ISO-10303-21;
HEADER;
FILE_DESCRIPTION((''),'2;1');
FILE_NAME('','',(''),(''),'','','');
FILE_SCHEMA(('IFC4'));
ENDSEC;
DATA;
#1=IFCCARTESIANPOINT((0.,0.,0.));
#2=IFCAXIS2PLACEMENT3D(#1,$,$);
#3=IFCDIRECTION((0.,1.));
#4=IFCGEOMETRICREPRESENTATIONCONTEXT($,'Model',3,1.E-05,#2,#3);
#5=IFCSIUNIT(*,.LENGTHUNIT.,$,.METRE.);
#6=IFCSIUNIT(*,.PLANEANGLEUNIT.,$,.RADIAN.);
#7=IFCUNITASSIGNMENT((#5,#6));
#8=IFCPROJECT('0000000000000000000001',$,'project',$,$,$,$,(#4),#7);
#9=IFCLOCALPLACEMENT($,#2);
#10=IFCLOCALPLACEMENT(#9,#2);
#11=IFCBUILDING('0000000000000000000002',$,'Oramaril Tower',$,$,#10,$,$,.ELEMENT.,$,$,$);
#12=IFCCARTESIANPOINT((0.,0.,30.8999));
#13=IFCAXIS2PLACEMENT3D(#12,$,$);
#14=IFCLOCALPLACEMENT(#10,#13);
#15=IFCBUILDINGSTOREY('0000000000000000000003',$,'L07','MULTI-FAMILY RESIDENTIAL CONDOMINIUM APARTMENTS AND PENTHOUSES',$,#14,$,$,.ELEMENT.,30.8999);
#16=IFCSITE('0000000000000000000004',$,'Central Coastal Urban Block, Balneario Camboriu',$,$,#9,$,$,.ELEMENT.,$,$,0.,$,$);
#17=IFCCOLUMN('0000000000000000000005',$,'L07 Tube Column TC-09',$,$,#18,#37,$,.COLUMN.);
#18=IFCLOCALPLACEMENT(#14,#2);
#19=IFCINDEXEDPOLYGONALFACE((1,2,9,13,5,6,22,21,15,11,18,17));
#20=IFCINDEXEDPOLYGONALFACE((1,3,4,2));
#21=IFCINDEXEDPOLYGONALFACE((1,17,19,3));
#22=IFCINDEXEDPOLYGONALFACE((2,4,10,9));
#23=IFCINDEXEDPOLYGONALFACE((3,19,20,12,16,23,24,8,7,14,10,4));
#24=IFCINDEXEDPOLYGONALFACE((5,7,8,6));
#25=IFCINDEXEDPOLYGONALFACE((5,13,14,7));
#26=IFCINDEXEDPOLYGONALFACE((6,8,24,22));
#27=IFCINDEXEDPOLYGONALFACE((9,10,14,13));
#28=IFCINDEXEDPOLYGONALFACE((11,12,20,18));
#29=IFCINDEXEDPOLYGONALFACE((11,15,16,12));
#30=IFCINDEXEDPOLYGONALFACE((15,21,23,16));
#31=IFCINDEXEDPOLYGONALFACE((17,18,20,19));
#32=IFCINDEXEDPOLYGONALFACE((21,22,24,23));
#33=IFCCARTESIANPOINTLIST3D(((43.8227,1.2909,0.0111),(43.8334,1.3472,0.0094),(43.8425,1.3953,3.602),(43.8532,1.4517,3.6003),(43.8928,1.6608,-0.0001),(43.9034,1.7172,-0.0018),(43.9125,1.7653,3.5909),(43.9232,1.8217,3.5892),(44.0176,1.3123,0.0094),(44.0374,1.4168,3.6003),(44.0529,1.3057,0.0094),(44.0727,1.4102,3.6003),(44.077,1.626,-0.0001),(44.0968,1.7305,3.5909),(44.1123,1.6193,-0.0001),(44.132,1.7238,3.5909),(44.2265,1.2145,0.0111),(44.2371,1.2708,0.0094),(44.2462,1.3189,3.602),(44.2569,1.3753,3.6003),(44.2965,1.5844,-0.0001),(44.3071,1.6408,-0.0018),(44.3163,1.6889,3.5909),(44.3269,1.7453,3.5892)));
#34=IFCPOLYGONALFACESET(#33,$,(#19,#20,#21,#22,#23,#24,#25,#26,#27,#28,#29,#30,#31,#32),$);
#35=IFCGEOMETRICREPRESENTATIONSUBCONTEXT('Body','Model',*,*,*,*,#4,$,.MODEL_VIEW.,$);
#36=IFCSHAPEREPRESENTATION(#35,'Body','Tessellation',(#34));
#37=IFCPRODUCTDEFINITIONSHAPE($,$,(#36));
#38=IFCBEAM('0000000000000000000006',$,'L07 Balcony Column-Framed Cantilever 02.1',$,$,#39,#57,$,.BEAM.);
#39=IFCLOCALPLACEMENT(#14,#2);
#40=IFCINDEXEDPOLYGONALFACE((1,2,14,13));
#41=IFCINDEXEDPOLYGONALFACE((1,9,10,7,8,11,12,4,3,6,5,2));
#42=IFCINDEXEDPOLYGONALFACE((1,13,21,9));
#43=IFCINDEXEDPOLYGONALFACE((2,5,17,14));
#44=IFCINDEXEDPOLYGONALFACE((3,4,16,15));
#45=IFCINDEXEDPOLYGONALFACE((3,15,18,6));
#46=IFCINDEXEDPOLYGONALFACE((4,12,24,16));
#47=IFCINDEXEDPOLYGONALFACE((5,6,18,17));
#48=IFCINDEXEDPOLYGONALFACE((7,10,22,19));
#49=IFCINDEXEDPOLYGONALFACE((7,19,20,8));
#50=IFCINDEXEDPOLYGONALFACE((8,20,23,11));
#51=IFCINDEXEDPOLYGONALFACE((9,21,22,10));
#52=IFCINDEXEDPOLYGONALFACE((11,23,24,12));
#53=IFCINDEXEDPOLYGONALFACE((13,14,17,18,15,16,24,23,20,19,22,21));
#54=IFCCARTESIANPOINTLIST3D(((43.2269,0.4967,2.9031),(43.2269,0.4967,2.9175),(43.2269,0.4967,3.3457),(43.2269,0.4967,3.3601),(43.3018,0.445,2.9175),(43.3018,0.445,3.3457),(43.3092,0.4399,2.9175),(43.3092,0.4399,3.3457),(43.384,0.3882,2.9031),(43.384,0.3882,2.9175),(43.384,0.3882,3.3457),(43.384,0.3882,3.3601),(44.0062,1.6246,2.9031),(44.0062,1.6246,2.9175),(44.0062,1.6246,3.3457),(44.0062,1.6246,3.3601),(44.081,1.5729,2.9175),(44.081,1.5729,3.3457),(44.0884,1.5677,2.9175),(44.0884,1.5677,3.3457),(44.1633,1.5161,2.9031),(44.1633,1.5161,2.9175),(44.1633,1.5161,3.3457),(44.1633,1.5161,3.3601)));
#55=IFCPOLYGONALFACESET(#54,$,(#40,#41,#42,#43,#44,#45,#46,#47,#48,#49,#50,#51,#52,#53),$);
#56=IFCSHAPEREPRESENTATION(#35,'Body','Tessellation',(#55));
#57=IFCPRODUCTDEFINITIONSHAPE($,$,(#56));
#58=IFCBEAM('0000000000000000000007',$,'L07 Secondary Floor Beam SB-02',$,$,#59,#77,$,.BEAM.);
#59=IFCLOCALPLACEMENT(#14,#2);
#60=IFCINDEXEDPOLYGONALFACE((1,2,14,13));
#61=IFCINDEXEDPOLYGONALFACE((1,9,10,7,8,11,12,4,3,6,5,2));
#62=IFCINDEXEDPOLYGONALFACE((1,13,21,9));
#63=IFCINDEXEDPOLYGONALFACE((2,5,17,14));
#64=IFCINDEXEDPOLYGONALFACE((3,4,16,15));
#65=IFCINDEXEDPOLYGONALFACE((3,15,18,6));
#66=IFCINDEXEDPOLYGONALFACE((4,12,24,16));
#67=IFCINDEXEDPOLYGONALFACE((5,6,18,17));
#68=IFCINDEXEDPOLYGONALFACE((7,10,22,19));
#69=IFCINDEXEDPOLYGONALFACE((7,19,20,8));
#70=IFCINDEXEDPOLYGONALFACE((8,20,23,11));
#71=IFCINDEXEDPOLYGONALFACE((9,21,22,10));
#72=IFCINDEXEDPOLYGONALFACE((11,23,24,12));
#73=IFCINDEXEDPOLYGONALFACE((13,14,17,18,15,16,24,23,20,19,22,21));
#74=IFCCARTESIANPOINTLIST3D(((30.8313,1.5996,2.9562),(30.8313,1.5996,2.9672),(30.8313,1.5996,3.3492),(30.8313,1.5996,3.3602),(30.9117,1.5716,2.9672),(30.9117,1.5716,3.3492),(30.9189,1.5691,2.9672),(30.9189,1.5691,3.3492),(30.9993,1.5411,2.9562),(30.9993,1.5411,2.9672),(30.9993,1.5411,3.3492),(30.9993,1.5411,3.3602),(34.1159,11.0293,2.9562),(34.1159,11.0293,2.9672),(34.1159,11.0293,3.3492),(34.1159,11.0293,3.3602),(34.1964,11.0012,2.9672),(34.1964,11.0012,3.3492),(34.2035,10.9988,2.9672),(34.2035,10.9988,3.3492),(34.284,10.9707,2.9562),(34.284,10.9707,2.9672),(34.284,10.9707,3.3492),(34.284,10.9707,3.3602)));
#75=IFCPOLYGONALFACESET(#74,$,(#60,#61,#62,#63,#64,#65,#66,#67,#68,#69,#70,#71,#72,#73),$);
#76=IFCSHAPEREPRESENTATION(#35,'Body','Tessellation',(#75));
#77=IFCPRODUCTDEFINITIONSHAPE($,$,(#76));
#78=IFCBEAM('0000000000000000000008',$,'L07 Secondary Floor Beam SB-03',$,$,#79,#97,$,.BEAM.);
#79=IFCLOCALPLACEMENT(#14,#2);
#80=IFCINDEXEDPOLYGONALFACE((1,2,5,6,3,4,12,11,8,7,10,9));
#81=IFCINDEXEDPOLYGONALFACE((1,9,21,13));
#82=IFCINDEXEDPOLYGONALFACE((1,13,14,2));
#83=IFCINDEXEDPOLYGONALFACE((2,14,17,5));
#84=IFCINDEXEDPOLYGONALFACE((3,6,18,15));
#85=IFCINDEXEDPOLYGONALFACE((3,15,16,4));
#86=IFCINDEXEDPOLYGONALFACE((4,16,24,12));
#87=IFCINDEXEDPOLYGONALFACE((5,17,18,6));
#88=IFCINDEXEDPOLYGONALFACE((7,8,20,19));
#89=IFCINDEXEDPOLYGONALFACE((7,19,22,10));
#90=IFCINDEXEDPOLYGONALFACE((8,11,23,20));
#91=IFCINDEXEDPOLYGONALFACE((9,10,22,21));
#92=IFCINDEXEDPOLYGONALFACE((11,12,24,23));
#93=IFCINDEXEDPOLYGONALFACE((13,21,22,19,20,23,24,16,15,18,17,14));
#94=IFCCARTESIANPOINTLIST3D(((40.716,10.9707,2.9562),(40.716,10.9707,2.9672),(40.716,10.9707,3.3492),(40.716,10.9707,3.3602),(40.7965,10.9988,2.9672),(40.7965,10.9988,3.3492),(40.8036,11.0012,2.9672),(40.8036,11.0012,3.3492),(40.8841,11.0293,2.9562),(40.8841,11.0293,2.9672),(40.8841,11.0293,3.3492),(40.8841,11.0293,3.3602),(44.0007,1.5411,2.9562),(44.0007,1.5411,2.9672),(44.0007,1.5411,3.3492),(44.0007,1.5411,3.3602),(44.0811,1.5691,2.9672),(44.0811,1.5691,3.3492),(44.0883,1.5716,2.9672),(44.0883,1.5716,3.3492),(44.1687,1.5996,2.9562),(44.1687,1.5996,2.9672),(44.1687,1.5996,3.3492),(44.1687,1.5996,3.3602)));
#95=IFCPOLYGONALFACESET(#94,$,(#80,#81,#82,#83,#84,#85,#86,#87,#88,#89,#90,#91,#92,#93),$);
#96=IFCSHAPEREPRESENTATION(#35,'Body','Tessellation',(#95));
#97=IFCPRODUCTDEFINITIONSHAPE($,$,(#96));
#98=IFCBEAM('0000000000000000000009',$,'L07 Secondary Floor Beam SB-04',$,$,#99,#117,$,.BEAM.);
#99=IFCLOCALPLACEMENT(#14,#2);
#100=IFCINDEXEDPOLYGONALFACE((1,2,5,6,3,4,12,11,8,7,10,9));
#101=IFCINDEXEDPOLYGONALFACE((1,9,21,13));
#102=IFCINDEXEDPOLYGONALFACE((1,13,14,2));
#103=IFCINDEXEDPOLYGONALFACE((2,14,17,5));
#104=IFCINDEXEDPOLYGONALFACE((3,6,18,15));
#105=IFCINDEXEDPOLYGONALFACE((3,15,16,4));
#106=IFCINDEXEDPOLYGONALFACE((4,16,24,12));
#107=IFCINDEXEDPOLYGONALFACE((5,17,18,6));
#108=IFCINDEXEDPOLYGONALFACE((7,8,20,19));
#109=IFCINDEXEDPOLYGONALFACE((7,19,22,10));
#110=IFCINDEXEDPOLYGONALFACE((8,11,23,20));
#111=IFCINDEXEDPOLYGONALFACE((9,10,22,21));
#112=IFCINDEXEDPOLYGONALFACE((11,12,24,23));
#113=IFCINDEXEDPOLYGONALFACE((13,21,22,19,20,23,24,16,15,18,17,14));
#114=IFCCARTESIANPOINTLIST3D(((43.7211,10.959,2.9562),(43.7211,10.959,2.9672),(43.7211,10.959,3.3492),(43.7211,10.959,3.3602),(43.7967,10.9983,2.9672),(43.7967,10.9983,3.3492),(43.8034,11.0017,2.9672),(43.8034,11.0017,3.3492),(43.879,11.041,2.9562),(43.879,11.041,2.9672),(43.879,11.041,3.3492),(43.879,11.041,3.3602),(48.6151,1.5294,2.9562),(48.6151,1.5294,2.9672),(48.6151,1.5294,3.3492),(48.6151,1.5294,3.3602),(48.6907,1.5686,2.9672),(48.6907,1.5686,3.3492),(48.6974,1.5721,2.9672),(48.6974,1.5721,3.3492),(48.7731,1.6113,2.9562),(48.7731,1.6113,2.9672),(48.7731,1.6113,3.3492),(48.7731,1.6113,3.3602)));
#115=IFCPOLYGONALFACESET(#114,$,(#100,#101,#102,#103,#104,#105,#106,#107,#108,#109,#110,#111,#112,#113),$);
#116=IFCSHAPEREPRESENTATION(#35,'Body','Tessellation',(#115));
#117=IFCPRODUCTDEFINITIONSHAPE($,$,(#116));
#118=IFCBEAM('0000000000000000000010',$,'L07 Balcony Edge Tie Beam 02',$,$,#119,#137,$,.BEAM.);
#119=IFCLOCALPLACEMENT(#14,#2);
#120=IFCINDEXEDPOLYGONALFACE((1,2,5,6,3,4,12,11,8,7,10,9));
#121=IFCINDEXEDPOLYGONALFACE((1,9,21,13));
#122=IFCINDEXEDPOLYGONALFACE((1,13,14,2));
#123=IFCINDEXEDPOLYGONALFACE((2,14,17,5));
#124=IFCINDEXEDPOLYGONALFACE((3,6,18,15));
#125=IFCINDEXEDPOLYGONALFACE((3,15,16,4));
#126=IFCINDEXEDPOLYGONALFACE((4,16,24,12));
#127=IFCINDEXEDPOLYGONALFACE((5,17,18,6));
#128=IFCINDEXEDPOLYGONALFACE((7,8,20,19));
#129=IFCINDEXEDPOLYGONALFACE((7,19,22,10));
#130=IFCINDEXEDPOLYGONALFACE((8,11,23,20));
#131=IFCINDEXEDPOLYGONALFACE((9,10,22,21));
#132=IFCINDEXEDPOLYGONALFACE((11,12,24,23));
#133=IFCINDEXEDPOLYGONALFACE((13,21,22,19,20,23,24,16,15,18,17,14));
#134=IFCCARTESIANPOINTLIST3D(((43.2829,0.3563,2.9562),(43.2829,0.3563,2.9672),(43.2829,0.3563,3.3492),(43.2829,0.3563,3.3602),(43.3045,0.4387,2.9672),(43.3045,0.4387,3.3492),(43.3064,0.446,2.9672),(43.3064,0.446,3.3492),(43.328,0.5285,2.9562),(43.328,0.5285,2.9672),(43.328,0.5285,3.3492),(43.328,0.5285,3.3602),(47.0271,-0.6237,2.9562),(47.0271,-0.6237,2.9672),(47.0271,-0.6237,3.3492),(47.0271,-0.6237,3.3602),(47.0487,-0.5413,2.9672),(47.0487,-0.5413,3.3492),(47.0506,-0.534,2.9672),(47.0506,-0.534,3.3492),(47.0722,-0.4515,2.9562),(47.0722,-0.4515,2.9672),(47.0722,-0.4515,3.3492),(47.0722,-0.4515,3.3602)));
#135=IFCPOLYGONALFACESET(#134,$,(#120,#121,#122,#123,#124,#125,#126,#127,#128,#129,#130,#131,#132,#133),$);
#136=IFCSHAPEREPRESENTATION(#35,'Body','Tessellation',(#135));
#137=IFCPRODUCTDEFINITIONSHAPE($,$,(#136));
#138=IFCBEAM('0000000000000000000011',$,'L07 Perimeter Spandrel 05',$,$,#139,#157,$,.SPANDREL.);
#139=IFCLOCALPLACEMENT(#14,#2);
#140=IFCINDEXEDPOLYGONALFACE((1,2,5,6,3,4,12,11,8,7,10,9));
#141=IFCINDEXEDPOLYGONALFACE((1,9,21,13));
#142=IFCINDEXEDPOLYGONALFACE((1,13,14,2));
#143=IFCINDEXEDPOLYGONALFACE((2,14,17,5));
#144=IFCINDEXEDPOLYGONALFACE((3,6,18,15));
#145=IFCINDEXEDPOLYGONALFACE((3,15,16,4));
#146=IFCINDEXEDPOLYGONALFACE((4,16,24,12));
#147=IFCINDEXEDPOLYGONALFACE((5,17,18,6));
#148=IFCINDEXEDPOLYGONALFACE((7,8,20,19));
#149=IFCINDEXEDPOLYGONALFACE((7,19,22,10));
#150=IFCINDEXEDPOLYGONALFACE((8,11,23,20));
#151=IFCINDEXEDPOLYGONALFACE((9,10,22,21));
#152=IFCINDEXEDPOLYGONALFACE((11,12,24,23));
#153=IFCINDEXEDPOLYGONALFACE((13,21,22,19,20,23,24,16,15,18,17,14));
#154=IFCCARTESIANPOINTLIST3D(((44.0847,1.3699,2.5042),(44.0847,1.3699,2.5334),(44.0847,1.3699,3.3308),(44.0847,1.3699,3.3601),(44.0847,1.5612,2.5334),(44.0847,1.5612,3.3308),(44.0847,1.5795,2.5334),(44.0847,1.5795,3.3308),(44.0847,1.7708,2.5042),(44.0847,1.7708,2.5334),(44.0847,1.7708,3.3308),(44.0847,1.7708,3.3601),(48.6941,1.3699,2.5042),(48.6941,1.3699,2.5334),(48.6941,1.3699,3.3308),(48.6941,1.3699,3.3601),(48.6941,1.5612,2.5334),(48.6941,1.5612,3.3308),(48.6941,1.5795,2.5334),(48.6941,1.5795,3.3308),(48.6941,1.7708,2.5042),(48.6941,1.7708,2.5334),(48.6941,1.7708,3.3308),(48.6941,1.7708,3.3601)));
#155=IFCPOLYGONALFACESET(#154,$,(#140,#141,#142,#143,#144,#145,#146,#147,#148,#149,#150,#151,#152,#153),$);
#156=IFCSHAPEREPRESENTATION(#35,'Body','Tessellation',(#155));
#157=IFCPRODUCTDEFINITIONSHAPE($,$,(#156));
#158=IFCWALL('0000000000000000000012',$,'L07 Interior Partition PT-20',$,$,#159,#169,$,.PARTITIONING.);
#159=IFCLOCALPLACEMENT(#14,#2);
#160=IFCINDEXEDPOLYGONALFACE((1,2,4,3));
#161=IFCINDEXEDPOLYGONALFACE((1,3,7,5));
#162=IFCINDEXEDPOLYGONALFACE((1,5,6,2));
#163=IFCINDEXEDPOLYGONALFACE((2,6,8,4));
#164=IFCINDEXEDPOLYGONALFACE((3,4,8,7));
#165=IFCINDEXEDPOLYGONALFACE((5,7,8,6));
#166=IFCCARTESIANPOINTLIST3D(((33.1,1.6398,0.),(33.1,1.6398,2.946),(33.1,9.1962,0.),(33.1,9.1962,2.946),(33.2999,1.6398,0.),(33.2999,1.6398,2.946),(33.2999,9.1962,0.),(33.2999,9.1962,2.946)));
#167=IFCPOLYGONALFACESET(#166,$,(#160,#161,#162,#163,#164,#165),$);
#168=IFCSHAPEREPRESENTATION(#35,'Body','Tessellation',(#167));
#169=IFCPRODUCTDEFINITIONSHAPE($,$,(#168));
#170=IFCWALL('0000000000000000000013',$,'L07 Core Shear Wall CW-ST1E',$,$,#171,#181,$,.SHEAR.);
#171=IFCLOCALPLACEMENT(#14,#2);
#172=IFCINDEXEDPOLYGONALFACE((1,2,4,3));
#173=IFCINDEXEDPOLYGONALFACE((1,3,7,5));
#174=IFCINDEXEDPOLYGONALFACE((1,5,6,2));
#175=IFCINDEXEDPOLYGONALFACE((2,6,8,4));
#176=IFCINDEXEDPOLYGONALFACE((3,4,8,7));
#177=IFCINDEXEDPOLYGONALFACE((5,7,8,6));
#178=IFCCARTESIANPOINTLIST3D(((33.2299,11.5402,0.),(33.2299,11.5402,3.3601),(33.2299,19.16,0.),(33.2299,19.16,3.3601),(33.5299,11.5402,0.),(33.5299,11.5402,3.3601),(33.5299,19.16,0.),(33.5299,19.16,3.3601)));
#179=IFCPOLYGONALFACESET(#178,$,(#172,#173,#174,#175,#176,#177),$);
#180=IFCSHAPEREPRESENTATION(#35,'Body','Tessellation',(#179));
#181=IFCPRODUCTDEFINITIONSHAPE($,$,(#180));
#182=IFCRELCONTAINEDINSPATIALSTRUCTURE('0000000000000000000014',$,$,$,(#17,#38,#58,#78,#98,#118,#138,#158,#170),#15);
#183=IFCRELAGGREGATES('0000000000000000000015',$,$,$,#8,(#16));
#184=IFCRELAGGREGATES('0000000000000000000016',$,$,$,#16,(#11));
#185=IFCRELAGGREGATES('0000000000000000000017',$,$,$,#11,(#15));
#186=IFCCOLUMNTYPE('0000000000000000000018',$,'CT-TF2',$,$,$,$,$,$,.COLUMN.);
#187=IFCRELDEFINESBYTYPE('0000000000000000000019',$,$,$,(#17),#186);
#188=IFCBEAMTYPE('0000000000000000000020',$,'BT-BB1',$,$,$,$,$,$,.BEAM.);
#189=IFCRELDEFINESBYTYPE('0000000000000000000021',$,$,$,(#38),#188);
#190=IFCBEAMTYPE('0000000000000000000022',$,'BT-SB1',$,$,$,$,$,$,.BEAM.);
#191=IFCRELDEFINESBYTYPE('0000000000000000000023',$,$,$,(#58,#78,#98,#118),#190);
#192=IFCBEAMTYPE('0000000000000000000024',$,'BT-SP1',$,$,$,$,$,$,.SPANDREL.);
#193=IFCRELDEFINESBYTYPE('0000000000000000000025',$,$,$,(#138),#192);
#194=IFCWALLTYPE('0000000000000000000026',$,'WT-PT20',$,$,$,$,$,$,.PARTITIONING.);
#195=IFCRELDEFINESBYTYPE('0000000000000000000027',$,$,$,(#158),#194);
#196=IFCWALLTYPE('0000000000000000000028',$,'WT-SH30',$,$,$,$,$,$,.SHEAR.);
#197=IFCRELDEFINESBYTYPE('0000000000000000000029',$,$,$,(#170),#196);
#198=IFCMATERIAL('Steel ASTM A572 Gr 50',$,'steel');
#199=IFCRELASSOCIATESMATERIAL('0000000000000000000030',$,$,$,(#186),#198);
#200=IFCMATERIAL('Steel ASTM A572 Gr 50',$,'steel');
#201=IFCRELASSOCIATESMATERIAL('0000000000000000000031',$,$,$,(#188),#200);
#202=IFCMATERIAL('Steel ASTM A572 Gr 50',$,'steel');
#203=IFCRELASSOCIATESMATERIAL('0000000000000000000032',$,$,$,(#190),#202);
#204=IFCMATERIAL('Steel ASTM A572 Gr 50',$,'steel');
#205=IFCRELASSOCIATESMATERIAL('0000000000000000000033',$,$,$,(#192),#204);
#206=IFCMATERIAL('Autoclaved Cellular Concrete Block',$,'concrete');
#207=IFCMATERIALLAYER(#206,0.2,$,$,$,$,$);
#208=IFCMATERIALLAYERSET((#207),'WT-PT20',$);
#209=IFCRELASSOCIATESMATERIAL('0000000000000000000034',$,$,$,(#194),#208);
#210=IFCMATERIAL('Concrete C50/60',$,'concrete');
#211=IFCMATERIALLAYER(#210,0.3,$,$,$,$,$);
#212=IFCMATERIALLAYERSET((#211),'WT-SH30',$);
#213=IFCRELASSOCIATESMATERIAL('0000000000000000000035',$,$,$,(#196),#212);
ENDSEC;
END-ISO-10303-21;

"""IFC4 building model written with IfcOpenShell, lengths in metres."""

from ifc_helpers import new_model, si_unit, direction, frame, frame_2d, origin, origin_2d, place, context, subcontext, project, spatial, rectangle, i_section, extrude, material, layer, layer_set, material_profile, profile_set, type_object, element, save


model = new_model("IFC4")

# Units and contexts
model_context = context("Model", 3, precision=1e-05, world=origin(), true_north=direction((0.0, 1.0)))
body_context = subcontext(model_context, "Body", "Model", "MODEL_VIEW")
ifc_project = project(units=[si_unit("LENGTHUNIT", "METRE"), si_unit("PLANEANGLEUNIT", "RADIAN")], contexts=[model_context])

# Site, building, storey
site_placement = place(None, origin())
site = spatial("IfcSite", under=ifc_project, at=site_placement, Name="Central Coastal Urban Block, Balneario Camboriu", CompositionType="ELEMENT", RefElevation=0.0)
building_placement = place(site_placement, origin())
building = spatial("IfcBuilding", under=site, at=building_placement, Name="Oramaril Tower", CompositionType="ELEMENT")
storey_placement = place(building_placement, frame((0.0, 0.0, 30.8999)))
storey = spatial("IfcBuildingStorey", under=building, at=storey_placement, Name="L07", Description="MULTI-FAMILY RESIDENTIAL CONDOMINIUM APARTMENTS AND PENTHOUSES", CompositionType="ELEMENT", Elevation=30.8999)

# Column
ifc_material_1 = material(Name="Steel ASTM A572 Gr 50", Category="steel")
ifc_material_profile_1 = material_profile(ifc_material_1, i_section(OverallWidth=0.4109, OverallDepth=0.4341, WebThickness=0.0359, FlangeThickness=0.0574, at=origin_2d()), Name="W14X311")
ifc_profile_set_1 = profile_set([ifc_material_profile_1], Name="Steel ASTM A572 Gr 50")
column_type = type_object("IfcColumnType", Name="CT-TF2", PredefinedType="COLUMN", material=ifc_profile_set_1)
column_placement = place(storey_placement, frame((44.0649, 1.4658, 0.0046), z_axis=(0.005504, 0.029085, 0.999562), x_axis=(-0.982559, 0.185952, 0.0)))
element("IfcColumn", 1, at=column_placement, inside=storey, type_object=column_type, Name="L07 Tube Column TC-09", PredefinedType="COLUMN", context=body_context, shape_type="SweptSolid", body=[
    extrude(i_section(OverallWidth=0.4109, OverallDepth=0.4341, WebThickness=0.0359, FlangeThickness=0.0574, at=origin_2d()), origin(), (0.0, 0.0, 1.0), 3.5925),
])

# Beams
ifc_material_2 = material(Name="Steel ASTM A572 Gr 50", Category="steel")
ifc_material_profile_2 = material_profile(ifc_material_2, i_section(OverallWidth=0.1909, OverallDepth=0.457, WebThickness=0.009, FlangeThickness=0.0144, at=origin_2d()), Name="W18X50")
ifc_profile_set_2 = profile_set([ifc_material_profile_2], Name="Steel ASTM A572 Gr 50")
beam_type_1 = type_object("IfcBeamType", Name="BT-BB1", PredefinedType="BEAM", material=ifc_profile_set_2)
beam_1_placement = place(storey_placement, frame((44.0847, 1.5703, 3.1316), z_axis=(-0.568432, -0.82273, 0.0), x_axis=(0.82273, -0.568432, 0.0)))
element("IfcBeam", 2, at=beam_1_placement, inside=storey, type_object=beam_type_1, Name="L07 Balcony Column-Framed Cantilever 02.1", PredefinedType="BEAM", context=body_context, shape_type="SweptSolid", body=[
    extrude(i_section(OverallWidth=0.1909, OverallDepth=0.457, WebThickness=0.009, FlangeThickness=0.0144, at=origin_2d()), origin(), (0.0, 0.0, 1.0), 1.3708),
])
ifc_material_3 = material(Name="Steel ASTM A572 Gr 50", Category="steel")
ifc_material_profile_3 = material_profile(ifc_material_3, i_section(OverallWidth=0.178, OverallDepth=0.4041, WebThickness=0.0076, FlangeThickness=0.011, at=origin_2d()), Name="W16X36")
ifc_profile_set_3 = profile_set([ifc_material_profile_3], Name="Steel ASTM A572 Gr 50")
beam_type_2 = type_object("IfcBeamType", Name="BT-SB1", PredefinedType="BEAM", material=ifc_profile_set_3)
for number, where, z_axis, x_axis, name in (
    (3, (34.2, 11.0, 3.1582), (-0.328947, -0.944348, 0.0), (0.944348, -0.328947, 0.0), "L07 Secondary Floor Beam SB-02"),
    (4, (40.8, 11.0, 3.1582), (0.328947, -0.944348, 0.0), (0.944348, 0.328947, 0.0), "L07 Secondary Floor Beam SB-03"),
):
    element("IfcBeam", number, at=place(storey_placement, frame(where, z_axis=z_axis, x_axis=x_axis)), inside=storey, type_object=beam_type_2, Name=name, PredefinedType="BEAM", context=body_context, shape_type="SweptSolid", body=[
        extrude(i_section(OverallWidth=0.178, OverallDepth=0.4041, WebThickness=0.0076, FlangeThickness=0.011, at=origin_2d()), origin(), (0.0, 0.0, 1.0), 9.9854),
    ])
beam_2_placement = place(storey_placement, frame((43.8, 11.0, 3.1582), z_axis=(0.460657, -0.887578, 0.0), x_axis=(0.887578, 0.460657, 0.0)))
element("IfcBeam", 5, at=beam_2_placement, inside=storey, type_object=beam_type_2, Name="L07 Secondary Floor Beam SB-04", PredefinedType="BEAM", context=body_context, shape_type="SweptSolid", body=[
    extrude(i_section(OverallWidth=0.178, OverallDepth=0.4041, WebThickness=0.0076, FlangeThickness=0.011, at=origin_2d()), origin(), (0.0, 0.0, 1.0), 10.624),
])
beam_3_placement = place(storey_placement, frame((43.3054, 0.4424, 3.1582), z_axis=(0.967412, -0.253208, 0.0), x_axis=(0.253208, 0.967412, 0.0)))
element("IfcBeam", 6, at=beam_3_placement, inside=storey, type_object=beam_type_2, Name="L07 Balcony Edge Tie Beam 02", PredefinedType="BEAM", context=body_context, shape_type="SweptSolid", body=[
    extrude(i_section(OverallWidth=0.178, OverallDepth=0.4041, WebThickness=0.0076, FlangeThickness=0.011, at=origin_2d()), origin(), (0.0, 0.0, 1.0), 3.8704),
])
ifc_material_4 = material(Name="Steel ASTM A572 Gr 50", Category="steel")
ifc_material_profile_4 = material_profile(ifc_material_4, i_section(OverallWidth=0.4009, OverallDepth=0.856, WebThickness=0.0183, FlangeThickness=0.0293, at=origin_2d()), Name="W33X201")
ifc_profile_set_4 = profile_set([ifc_material_profile_4], Name="Steel ASTM A572 Gr 50")
beam_type_3 = type_object("IfcBeamType", Name="BT-SP1", PredefinedType="SPANDREL", material=ifc_profile_set_4)
beam_4_placement = place(storey_placement, frame((44.0847, 1.5703, 2.9321), z_axis=(1.0, 0.0, 0.0), x_axis=(0.0, 1.0, 0.0)))
element("IfcBeam", 7, at=beam_4_placement, inside=storey, type_object=beam_type_3, Name="L07 Perimeter Spandrel 05", PredefinedType="SPANDREL", context=body_context, shape_type="SweptSolid", body=[
    extrude(i_section(OverallWidth=0.4009, OverallDepth=0.856, WebThickness=0.0183, FlangeThickness=0.0293, at=origin_2d()), origin(), (0.0, 0.0, 1.0), 4.6094),
])

# Walls
ifc_material_5 = material(Name="Autoclaved Cellular Concrete Block", Category="concrete")
ifc_layer_1 = layer(ifc_material_5, 0.2)
ifc_layer_set_1 = layer_set([ifc_layer_1], Name="WT-PT20")
wall_type_1 = type_object("IfcWallType", Name="WT-PT20", PredefinedType="PARTITIONING", material=ifc_layer_set_1)
wall_1_placement = place(storey_placement, frame((33.2, 1.6396, 0.0), z_axis=(0.0, 0.0, 1.0), x_axis=(0.0, 1.0, 0.0)))
element("IfcWall", 8, at=wall_1_placement, inside=storey, type_object=wall_type_1, Name="L07 Interior Partition PT-20", PredefinedType="PARTITIONING", context=body_context, shape_type="SweptSolid", body=[
    extrude(rectangle(XDim=7.5564, YDim=0.2, at=frame_2d((3.7783, 0.0))), origin(), (0.0, 0.0, 1.0), 2.946),
])
ifc_material_6 = material(Name="Concrete C50/60", Category="concrete")
ifc_layer_2 = layer(ifc_material_6, 0.3)
ifc_layer_set_2 = layer_set([ifc_layer_2], Name="WT-SH30")
wall_type_2 = type_object("IfcWallType", Name="WT-SH30", PredefinedType="SHEAR", material=ifc_layer_set_2)
for number, where, z_axis, x_axis, name in (
    (9, (33.3799, 11.54, 0.0), (0.0, 0.0, 1.0), (0.0, 1.0, 0.0), "L07 Core Shear Wall CW-ST1E"),
):
    element("IfcWall", number, at=place(storey_placement, frame(where, z_axis=z_axis, x_axis=x_axis)), inside=storey, type_object=wall_type_2, Name=name, PredefinedType="SHEAR", context=body_context, shape_type="SweptSolid", body=[
        extrude(rectangle(XDim=7.6199, YDim=0.3, at=frame_2d((3.8101, 0.0))), origin(), (0.0, 0.0, 1.0), 3.3601),
    ])

save(model, "model.ifc")
